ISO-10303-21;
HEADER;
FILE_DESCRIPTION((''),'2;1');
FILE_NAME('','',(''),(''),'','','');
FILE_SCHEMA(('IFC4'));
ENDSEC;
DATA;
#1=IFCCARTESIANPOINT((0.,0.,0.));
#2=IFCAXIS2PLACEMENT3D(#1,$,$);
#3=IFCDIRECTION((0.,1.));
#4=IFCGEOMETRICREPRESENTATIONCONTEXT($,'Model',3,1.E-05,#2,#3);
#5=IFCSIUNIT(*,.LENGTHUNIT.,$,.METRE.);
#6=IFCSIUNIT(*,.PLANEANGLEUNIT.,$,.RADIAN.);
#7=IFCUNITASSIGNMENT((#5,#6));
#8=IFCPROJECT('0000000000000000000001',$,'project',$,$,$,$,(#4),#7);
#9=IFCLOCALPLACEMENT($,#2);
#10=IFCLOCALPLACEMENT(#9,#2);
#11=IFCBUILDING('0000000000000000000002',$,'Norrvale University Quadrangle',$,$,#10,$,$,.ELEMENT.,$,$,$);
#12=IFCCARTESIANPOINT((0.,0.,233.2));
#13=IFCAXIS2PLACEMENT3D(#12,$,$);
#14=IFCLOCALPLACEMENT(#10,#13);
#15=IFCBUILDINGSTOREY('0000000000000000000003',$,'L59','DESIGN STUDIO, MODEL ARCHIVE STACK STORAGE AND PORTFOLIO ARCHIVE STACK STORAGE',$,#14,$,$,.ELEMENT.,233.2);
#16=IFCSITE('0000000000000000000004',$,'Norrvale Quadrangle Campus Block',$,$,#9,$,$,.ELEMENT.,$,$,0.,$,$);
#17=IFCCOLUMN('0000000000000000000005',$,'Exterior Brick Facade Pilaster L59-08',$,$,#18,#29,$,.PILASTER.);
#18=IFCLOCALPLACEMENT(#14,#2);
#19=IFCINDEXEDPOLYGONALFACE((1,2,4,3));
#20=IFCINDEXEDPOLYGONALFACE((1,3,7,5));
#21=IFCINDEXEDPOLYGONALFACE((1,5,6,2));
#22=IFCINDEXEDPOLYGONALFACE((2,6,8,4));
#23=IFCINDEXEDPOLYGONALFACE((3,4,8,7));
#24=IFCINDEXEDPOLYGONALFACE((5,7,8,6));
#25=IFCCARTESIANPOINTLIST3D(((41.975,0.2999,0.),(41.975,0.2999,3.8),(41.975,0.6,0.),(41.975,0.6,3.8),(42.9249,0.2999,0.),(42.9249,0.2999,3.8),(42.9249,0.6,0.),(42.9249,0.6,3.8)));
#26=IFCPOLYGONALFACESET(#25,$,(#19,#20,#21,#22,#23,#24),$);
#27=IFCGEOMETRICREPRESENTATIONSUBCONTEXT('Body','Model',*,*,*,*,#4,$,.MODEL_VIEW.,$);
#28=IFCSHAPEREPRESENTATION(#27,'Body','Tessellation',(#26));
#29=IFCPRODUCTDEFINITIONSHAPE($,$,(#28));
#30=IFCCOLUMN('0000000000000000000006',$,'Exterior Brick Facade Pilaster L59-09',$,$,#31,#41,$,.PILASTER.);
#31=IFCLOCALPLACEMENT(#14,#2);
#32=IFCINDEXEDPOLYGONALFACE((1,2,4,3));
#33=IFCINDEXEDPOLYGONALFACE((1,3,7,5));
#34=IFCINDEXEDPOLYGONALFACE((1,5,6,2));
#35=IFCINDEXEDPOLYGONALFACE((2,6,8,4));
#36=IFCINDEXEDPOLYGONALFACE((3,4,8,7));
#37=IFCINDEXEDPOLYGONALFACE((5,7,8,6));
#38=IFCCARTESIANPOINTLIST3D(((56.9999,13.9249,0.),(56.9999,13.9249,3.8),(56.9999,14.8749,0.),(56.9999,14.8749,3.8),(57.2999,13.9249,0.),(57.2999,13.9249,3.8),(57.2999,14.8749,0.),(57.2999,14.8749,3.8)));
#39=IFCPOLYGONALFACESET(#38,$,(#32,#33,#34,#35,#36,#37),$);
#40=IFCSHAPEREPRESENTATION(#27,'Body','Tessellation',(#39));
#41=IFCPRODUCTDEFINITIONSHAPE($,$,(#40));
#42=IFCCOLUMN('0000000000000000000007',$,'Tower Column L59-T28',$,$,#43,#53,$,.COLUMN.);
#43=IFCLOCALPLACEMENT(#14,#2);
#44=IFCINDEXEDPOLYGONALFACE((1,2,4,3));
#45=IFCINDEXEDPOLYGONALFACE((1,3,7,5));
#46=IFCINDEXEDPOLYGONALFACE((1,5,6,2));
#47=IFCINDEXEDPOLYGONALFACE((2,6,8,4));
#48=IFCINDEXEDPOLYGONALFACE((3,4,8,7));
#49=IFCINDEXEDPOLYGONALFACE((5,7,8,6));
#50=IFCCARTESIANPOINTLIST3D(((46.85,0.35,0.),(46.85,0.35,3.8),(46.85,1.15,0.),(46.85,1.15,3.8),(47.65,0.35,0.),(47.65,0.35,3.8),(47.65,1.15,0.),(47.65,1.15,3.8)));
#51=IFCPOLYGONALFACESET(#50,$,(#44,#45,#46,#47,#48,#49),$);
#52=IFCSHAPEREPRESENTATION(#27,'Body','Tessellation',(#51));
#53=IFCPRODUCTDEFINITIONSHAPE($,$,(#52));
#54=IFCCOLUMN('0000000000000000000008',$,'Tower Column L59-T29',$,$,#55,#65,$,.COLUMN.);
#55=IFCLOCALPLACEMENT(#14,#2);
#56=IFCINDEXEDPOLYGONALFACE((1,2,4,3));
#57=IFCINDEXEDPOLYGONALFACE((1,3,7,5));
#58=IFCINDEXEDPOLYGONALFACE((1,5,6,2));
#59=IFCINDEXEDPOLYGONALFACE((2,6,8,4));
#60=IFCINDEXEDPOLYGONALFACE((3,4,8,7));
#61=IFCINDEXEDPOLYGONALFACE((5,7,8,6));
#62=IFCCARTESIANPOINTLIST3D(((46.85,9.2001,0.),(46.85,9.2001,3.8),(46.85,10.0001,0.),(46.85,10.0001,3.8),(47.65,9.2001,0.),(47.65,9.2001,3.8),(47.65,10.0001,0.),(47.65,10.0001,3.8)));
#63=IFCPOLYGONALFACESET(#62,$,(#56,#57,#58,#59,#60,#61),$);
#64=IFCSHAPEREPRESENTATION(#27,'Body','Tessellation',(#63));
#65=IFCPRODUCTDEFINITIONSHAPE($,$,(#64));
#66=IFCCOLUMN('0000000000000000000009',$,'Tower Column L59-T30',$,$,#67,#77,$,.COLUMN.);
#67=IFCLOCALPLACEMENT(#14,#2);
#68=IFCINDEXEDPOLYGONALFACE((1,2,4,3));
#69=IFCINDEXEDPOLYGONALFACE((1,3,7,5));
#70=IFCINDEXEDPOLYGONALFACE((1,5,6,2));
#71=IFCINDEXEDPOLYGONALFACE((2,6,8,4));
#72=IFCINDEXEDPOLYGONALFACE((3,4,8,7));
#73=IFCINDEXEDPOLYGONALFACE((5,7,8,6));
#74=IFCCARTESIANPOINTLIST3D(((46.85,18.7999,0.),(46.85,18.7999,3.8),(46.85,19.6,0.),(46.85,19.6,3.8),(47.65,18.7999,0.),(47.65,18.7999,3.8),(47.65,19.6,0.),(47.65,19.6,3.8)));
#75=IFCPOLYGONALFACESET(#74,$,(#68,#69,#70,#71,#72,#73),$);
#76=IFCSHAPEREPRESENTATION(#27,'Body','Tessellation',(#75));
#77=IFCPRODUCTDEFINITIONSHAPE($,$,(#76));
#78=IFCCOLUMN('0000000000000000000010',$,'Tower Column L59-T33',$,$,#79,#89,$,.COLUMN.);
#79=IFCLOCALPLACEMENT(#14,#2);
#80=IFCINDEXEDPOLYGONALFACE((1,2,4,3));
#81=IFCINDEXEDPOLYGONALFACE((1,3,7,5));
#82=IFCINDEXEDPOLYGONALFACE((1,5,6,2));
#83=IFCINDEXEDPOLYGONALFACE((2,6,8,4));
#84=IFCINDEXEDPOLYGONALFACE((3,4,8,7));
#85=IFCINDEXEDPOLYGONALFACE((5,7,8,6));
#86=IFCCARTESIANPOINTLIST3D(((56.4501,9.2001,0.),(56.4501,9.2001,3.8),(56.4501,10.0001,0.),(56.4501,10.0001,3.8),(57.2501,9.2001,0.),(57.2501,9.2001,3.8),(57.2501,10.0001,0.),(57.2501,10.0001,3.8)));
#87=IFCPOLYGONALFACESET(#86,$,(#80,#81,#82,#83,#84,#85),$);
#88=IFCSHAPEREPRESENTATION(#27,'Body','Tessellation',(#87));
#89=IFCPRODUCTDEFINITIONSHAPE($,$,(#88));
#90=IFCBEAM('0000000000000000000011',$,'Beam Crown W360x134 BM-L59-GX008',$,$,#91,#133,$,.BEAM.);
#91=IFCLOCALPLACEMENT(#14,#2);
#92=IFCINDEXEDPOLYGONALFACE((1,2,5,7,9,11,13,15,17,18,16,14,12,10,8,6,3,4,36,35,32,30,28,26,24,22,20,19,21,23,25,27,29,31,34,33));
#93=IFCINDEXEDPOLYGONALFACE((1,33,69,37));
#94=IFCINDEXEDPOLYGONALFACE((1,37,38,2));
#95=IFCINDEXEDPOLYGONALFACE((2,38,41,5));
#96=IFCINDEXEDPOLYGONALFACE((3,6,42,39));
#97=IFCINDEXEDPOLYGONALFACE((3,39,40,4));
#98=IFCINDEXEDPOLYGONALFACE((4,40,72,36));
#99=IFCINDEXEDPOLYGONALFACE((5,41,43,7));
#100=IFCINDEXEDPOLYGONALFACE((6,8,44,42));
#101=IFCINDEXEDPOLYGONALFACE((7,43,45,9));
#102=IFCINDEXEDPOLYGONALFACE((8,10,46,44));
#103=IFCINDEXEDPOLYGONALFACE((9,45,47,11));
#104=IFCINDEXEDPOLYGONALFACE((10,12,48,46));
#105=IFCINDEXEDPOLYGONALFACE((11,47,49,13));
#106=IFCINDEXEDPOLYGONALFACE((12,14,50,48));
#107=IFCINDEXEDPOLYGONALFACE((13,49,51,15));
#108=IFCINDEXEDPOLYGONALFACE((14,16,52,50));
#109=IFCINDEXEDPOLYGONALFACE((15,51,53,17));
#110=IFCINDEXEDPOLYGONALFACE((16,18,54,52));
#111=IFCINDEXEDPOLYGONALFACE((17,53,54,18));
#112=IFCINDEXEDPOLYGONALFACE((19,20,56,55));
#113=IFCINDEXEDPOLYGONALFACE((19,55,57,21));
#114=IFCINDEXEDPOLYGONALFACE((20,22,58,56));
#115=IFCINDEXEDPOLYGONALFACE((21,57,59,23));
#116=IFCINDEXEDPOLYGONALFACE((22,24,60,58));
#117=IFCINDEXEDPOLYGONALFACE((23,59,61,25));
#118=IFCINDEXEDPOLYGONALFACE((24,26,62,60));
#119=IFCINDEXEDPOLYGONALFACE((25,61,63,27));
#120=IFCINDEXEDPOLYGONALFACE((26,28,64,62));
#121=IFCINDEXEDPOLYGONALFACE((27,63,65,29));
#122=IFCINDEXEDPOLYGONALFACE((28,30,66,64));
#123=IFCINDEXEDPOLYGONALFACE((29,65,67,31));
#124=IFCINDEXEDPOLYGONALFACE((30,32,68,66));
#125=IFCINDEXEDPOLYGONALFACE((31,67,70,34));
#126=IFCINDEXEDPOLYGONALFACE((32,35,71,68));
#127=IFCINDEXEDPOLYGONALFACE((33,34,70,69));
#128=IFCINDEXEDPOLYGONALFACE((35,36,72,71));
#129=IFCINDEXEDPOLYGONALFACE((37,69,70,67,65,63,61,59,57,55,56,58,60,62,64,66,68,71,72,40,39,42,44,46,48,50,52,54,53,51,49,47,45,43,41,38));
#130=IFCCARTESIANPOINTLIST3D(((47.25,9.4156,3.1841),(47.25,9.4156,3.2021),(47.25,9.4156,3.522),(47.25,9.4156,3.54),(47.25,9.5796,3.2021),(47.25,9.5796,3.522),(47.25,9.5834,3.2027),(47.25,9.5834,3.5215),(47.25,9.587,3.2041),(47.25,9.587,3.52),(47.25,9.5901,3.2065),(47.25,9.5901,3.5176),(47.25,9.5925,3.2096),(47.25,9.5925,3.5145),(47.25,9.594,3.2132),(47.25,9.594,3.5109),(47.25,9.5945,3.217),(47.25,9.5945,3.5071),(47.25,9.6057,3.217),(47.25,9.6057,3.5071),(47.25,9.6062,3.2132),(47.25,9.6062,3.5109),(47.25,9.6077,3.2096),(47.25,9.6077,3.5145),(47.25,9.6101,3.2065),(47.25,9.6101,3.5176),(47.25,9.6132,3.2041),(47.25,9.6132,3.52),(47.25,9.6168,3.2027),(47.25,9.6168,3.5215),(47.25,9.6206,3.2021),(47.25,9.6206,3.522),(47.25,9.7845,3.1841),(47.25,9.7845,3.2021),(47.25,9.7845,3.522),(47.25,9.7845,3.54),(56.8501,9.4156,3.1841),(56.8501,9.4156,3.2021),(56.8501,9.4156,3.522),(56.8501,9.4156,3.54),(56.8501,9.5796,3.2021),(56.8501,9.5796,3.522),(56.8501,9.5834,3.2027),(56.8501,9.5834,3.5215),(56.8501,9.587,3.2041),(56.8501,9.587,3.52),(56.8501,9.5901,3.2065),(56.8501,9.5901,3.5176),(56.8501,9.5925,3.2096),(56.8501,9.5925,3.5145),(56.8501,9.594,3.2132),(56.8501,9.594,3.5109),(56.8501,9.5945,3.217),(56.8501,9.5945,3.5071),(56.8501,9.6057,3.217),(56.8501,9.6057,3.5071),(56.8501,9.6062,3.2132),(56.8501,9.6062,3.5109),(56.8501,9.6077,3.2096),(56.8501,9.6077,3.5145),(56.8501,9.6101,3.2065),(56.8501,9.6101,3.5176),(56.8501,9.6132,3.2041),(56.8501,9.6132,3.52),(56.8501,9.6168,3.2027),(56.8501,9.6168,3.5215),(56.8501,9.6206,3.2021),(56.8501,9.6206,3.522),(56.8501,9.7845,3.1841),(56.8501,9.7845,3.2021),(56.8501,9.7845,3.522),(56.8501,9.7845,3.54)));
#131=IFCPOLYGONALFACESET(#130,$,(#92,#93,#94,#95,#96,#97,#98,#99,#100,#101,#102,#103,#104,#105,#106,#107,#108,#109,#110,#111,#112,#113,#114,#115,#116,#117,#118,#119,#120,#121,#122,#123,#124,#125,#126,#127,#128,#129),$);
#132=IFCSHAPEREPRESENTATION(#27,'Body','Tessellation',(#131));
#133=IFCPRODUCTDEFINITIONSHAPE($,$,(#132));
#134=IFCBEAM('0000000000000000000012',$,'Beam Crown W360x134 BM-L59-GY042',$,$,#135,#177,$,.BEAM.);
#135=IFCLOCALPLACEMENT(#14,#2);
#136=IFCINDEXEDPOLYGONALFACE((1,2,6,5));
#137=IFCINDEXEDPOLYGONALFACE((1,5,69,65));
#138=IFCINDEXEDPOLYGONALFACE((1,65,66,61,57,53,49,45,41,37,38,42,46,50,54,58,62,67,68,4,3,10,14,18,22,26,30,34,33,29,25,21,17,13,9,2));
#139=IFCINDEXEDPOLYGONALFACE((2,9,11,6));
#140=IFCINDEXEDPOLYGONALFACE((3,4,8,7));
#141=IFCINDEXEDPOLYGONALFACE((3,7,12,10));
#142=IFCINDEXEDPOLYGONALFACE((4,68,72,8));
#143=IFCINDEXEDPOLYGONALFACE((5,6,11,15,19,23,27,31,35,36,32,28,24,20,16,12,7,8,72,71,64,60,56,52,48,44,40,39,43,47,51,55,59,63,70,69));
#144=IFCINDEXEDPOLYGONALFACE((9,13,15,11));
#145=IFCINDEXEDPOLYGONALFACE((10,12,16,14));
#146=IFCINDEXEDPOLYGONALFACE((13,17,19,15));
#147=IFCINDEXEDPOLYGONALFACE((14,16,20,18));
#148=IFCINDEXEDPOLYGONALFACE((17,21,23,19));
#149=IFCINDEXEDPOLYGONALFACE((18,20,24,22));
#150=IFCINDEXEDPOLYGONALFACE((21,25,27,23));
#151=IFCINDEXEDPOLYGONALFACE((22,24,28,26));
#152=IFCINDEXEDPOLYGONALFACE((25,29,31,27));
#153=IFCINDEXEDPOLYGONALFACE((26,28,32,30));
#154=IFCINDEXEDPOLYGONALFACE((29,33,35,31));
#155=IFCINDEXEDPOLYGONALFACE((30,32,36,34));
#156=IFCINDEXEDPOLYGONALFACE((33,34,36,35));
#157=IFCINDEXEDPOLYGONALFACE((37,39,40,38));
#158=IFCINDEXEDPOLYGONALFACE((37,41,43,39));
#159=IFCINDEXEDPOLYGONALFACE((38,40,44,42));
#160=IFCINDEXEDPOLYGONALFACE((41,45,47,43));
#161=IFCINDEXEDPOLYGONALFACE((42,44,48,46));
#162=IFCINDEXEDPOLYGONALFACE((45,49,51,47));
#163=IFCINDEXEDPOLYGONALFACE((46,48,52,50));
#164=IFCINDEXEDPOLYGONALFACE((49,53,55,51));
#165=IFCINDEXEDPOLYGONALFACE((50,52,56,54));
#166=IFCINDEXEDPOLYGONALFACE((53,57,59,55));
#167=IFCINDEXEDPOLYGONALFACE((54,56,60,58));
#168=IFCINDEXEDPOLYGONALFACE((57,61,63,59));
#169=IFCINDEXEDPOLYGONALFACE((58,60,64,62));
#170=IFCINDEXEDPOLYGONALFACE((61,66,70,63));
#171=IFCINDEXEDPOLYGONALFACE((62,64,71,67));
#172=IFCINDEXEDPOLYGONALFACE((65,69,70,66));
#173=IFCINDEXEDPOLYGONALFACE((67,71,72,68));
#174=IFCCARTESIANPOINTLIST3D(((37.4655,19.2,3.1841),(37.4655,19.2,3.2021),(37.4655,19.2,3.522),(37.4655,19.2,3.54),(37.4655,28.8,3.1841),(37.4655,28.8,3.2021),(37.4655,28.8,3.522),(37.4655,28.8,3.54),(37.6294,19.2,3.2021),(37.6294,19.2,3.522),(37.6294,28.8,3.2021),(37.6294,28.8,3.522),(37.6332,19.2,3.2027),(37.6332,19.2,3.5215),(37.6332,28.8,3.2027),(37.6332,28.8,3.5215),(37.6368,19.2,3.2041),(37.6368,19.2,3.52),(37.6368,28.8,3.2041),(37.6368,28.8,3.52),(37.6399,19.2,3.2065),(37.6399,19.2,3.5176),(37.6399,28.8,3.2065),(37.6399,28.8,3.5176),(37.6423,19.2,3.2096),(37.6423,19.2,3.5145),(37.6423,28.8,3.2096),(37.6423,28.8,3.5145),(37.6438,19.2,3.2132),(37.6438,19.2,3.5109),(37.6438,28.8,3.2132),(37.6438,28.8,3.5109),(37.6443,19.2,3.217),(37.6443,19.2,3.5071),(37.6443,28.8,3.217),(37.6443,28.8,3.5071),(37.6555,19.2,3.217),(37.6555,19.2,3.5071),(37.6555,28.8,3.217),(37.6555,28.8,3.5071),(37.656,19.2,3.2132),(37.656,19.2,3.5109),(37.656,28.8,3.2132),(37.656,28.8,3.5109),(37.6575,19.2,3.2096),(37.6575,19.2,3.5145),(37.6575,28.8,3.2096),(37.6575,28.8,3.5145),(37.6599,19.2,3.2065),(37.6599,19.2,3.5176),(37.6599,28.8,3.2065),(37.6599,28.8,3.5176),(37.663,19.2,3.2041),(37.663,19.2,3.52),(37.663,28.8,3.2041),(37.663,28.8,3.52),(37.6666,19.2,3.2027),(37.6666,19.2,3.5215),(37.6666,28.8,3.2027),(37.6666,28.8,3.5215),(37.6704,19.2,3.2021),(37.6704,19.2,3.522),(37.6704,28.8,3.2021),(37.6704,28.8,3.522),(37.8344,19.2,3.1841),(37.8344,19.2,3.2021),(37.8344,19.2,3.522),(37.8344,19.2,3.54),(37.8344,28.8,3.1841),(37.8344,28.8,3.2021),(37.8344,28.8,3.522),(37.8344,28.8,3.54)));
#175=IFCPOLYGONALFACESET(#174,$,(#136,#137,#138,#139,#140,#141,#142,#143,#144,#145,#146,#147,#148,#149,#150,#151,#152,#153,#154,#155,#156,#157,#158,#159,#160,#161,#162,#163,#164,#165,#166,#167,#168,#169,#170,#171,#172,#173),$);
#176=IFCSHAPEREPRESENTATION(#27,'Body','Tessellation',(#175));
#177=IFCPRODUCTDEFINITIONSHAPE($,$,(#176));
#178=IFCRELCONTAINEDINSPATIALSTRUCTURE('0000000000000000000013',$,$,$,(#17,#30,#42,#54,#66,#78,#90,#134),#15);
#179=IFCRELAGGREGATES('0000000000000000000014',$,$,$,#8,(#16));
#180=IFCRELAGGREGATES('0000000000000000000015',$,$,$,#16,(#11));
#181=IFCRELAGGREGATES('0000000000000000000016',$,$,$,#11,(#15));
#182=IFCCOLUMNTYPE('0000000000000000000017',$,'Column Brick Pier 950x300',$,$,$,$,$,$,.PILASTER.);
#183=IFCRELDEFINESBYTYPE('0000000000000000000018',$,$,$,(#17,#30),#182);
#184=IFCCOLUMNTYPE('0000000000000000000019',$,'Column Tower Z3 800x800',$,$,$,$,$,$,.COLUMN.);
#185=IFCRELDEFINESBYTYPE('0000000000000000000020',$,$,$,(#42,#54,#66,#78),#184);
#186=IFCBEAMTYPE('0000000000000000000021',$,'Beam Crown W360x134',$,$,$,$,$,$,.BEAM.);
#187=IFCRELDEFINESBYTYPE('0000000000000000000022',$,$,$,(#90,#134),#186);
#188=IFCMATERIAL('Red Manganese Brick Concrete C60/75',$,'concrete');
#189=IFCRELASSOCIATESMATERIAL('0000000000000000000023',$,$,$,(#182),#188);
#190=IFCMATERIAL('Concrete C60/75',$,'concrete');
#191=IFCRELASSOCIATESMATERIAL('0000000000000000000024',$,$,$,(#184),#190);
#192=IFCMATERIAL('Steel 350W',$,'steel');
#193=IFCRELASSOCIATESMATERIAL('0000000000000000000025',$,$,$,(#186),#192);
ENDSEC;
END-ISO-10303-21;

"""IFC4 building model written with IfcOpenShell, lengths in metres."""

from ifc_helpers import new_model, si_unit, direction, frame, origin, origin_2d, place, context, subcontext, project, spatial, rectangle, i_section, extrude, material, material_profile, profile_set, type_object, element, save


model = new_model("IFC4")

# Units and contexts
model_context = context("Model", 3, precision=1e-05, world=origin(), true_north=direction((0.0, 1.0)))
body_context = subcontext(model_context, "Body", "Model", "MODEL_VIEW")
ifc_project = project(units=[si_unit("LENGTHUNIT", "METRE"), si_unit("PLANEANGLEUNIT", "RADIAN")], contexts=[model_context])

# Site, building, storey
site_placement = place(None, origin())
site = spatial("IfcSite", under=ifc_project, at=site_placement, Name="Norrvale Quadrangle Campus Block", CompositionType="ELEMENT", RefElevation=0.0)
building_placement = place(site_placement, origin())
building = spatial("IfcBuilding", under=site, at=building_placement, Name="Norrvale University Quadrangle", CompositionType="ELEMENT")
storey_placement = place(building_placement, frame((0.0, 0.0, 233.2)))
storey = spatial("IfcBuildingStorey", under=building, at=storey_placement, Name="L59", Description="DESIGN STUDIO, MODEL ARCHIVE STACK STORAGE AND PORTFOLIO ARCHIVE STACK STORAGE", CompositionType="ELEMENT", Elevation=233.2)

# Columns
ifc_material_1 = material(Name="Red Manganese Brick Concrete C60/75", Category="concrete")
ifc_material_profile_1 = material_profile(ifc_material_1, rectangle(XDim=0.95, YDim=0.3, at=origin_2d()), Name="Red Manganese Brick Concrete C60/75")
ifc_profile_set_1 = profile_set([ifc_material_profile_1], Name="Red Manganese Brick Concrete C60/75")
column_type_1 = type_object("IfcColumnType", Name="Column Brick Pier 950x300", PredefinedType="PILASTER", material=ifc_profile_set_1)
for number, where, z_axis, x_axis, name in (
    (1, (42.45, 0.45, 0.0), (0.0, 0.0, 1.0), (1.0, 0.0, 0.0), "Exterior Brick Facade Pilaster L59-08"),
    (2, (57.1499, 14.3999, 0.0), (0.0, 0.0, 1.0), (0.0, 1.0, 0.0), "Exterior Brick Facade Pilaster L59-09"),
):
    element("IfcColumn", number, at=place(storey_placement, frame(where, z_axis=z_axis, x_axis=x_axis)), inside=storey, type_object=column_type_1, Name=name, PredefinedType="PILASTER", context=body_context, shape_type="SweptSolid", body=[
        extrude(rectangle(XDim=0.95, YDim=0.3, at=origin_2d()), origin(), (0.0, 0.0, 1.0), 3.8),
    ])
ifc_material_2 = material(Name="Concrete C60/75", Category="concrete")
ifc_material_profile_2 = material_profile(ifc_material_2, rectangle(XDim=0.8, YDim=0.8, at=origin_2d()), Name="Concrete C60/75")
ifc_profile_set_2 = profile_set([ifc_material_profile_2], Name="Concrete C60/75")
column_type_2 = type_object("IfcColumnType", Name="Column Tower Z3 800x800", PredefinedType="COLUMN", material=ifc_profile_set_2)
for number, where, z_axis, x_axis, name in (
    (3, (47.25, 0.75, 0.0), (0.0, 0.0, 1.0), (1.0, 0.0, 0.0), "Tower Column L59-T28"),
    (4, (47.25, 9.6001, 0.0), (0.0, 0.0, 1.0), (1.0, 0.0, 0.0), "Tower Column L59-T29"),
    (5, (47.25, 19.2, 0.0), (0.0, 0.0, 1.0), (1.0, 0.0, 0.0), "Tower Column L59-T30"),
    (6, (56.8501, 9.6001, 0.0), (0.0, 0.0, 1.0), (1.0, 0.0, 0.0), "Tower Column L59-T33"),
):
    element("IfcColumn", number, at=place(storey_placement, frame(where, z_axis=z_axis, x_axis=x_axis)), inside=storey, type_object=column_type_2, Name=name, PredefinedType="COLUMN", context=body_context, shape_type="SweptSolid", body=[
        extrude(rectangle(XDim=0.8, YDim=0.8, at=origin_2d()), origin(), (0.0, 0.0, 1.0), 3.8),
    ])

# Beams
ifc_material_3 = material(Name="Steel 350W", Category="steel")
ifc_material_profile_3 = material_profile(ifc_material_3, i_section(OverallWidth=0.3689, OverallDepth=0.356, WebThickness=0.0112, FlangeThickness=0.0181, FilletRadius=0.0149, at=origin_2d()), Name="Steel 350W")
ifc_profile_set_3 = profile_set([ifc_material_profile_3], Name="Steel 350W")
beam_type_1 = type_object("IfcBeamType", Name="Beam Crown W360x134", PredefinedType="BEAM", material=ifc_profile_set_3)
for number, where, z_axis, x_axis, name in (
    (7, (47.25, 9.6001, 3.3621), (1.0, 0.0, 0.0), (0.0, 1.0, 0.0), "Beam Crown W360x134 BM-L59-GX008"),
    (8, (37.6499, 19.2, 3.3621), (0.0, 1.0, 0.0), (-1.0, 0.0, 0.0), "Beam Crown W360x134 BM-L59-GY042"),
):
    element("IfcBeam", number, at=place(storey_placement, frame(where, z_axis=z_axis, x_axis=x_axis)), inside=storey, type_object=beam_type_1, Name=name, PredefinedType="BEAM", context=body_context, shape_type="SweptSolid", body=[
        extrude(i_section(OverallWidth=0.3689, OverallDepth=0.356, WebThickness=0.0112, FlangeThickness=0.0181, FilletRadius=0.0149, at=origin_2d()), origin(), (0.0, 0.0, 1.0), 9.6001),
    ])

save(model, "model.ifc")
